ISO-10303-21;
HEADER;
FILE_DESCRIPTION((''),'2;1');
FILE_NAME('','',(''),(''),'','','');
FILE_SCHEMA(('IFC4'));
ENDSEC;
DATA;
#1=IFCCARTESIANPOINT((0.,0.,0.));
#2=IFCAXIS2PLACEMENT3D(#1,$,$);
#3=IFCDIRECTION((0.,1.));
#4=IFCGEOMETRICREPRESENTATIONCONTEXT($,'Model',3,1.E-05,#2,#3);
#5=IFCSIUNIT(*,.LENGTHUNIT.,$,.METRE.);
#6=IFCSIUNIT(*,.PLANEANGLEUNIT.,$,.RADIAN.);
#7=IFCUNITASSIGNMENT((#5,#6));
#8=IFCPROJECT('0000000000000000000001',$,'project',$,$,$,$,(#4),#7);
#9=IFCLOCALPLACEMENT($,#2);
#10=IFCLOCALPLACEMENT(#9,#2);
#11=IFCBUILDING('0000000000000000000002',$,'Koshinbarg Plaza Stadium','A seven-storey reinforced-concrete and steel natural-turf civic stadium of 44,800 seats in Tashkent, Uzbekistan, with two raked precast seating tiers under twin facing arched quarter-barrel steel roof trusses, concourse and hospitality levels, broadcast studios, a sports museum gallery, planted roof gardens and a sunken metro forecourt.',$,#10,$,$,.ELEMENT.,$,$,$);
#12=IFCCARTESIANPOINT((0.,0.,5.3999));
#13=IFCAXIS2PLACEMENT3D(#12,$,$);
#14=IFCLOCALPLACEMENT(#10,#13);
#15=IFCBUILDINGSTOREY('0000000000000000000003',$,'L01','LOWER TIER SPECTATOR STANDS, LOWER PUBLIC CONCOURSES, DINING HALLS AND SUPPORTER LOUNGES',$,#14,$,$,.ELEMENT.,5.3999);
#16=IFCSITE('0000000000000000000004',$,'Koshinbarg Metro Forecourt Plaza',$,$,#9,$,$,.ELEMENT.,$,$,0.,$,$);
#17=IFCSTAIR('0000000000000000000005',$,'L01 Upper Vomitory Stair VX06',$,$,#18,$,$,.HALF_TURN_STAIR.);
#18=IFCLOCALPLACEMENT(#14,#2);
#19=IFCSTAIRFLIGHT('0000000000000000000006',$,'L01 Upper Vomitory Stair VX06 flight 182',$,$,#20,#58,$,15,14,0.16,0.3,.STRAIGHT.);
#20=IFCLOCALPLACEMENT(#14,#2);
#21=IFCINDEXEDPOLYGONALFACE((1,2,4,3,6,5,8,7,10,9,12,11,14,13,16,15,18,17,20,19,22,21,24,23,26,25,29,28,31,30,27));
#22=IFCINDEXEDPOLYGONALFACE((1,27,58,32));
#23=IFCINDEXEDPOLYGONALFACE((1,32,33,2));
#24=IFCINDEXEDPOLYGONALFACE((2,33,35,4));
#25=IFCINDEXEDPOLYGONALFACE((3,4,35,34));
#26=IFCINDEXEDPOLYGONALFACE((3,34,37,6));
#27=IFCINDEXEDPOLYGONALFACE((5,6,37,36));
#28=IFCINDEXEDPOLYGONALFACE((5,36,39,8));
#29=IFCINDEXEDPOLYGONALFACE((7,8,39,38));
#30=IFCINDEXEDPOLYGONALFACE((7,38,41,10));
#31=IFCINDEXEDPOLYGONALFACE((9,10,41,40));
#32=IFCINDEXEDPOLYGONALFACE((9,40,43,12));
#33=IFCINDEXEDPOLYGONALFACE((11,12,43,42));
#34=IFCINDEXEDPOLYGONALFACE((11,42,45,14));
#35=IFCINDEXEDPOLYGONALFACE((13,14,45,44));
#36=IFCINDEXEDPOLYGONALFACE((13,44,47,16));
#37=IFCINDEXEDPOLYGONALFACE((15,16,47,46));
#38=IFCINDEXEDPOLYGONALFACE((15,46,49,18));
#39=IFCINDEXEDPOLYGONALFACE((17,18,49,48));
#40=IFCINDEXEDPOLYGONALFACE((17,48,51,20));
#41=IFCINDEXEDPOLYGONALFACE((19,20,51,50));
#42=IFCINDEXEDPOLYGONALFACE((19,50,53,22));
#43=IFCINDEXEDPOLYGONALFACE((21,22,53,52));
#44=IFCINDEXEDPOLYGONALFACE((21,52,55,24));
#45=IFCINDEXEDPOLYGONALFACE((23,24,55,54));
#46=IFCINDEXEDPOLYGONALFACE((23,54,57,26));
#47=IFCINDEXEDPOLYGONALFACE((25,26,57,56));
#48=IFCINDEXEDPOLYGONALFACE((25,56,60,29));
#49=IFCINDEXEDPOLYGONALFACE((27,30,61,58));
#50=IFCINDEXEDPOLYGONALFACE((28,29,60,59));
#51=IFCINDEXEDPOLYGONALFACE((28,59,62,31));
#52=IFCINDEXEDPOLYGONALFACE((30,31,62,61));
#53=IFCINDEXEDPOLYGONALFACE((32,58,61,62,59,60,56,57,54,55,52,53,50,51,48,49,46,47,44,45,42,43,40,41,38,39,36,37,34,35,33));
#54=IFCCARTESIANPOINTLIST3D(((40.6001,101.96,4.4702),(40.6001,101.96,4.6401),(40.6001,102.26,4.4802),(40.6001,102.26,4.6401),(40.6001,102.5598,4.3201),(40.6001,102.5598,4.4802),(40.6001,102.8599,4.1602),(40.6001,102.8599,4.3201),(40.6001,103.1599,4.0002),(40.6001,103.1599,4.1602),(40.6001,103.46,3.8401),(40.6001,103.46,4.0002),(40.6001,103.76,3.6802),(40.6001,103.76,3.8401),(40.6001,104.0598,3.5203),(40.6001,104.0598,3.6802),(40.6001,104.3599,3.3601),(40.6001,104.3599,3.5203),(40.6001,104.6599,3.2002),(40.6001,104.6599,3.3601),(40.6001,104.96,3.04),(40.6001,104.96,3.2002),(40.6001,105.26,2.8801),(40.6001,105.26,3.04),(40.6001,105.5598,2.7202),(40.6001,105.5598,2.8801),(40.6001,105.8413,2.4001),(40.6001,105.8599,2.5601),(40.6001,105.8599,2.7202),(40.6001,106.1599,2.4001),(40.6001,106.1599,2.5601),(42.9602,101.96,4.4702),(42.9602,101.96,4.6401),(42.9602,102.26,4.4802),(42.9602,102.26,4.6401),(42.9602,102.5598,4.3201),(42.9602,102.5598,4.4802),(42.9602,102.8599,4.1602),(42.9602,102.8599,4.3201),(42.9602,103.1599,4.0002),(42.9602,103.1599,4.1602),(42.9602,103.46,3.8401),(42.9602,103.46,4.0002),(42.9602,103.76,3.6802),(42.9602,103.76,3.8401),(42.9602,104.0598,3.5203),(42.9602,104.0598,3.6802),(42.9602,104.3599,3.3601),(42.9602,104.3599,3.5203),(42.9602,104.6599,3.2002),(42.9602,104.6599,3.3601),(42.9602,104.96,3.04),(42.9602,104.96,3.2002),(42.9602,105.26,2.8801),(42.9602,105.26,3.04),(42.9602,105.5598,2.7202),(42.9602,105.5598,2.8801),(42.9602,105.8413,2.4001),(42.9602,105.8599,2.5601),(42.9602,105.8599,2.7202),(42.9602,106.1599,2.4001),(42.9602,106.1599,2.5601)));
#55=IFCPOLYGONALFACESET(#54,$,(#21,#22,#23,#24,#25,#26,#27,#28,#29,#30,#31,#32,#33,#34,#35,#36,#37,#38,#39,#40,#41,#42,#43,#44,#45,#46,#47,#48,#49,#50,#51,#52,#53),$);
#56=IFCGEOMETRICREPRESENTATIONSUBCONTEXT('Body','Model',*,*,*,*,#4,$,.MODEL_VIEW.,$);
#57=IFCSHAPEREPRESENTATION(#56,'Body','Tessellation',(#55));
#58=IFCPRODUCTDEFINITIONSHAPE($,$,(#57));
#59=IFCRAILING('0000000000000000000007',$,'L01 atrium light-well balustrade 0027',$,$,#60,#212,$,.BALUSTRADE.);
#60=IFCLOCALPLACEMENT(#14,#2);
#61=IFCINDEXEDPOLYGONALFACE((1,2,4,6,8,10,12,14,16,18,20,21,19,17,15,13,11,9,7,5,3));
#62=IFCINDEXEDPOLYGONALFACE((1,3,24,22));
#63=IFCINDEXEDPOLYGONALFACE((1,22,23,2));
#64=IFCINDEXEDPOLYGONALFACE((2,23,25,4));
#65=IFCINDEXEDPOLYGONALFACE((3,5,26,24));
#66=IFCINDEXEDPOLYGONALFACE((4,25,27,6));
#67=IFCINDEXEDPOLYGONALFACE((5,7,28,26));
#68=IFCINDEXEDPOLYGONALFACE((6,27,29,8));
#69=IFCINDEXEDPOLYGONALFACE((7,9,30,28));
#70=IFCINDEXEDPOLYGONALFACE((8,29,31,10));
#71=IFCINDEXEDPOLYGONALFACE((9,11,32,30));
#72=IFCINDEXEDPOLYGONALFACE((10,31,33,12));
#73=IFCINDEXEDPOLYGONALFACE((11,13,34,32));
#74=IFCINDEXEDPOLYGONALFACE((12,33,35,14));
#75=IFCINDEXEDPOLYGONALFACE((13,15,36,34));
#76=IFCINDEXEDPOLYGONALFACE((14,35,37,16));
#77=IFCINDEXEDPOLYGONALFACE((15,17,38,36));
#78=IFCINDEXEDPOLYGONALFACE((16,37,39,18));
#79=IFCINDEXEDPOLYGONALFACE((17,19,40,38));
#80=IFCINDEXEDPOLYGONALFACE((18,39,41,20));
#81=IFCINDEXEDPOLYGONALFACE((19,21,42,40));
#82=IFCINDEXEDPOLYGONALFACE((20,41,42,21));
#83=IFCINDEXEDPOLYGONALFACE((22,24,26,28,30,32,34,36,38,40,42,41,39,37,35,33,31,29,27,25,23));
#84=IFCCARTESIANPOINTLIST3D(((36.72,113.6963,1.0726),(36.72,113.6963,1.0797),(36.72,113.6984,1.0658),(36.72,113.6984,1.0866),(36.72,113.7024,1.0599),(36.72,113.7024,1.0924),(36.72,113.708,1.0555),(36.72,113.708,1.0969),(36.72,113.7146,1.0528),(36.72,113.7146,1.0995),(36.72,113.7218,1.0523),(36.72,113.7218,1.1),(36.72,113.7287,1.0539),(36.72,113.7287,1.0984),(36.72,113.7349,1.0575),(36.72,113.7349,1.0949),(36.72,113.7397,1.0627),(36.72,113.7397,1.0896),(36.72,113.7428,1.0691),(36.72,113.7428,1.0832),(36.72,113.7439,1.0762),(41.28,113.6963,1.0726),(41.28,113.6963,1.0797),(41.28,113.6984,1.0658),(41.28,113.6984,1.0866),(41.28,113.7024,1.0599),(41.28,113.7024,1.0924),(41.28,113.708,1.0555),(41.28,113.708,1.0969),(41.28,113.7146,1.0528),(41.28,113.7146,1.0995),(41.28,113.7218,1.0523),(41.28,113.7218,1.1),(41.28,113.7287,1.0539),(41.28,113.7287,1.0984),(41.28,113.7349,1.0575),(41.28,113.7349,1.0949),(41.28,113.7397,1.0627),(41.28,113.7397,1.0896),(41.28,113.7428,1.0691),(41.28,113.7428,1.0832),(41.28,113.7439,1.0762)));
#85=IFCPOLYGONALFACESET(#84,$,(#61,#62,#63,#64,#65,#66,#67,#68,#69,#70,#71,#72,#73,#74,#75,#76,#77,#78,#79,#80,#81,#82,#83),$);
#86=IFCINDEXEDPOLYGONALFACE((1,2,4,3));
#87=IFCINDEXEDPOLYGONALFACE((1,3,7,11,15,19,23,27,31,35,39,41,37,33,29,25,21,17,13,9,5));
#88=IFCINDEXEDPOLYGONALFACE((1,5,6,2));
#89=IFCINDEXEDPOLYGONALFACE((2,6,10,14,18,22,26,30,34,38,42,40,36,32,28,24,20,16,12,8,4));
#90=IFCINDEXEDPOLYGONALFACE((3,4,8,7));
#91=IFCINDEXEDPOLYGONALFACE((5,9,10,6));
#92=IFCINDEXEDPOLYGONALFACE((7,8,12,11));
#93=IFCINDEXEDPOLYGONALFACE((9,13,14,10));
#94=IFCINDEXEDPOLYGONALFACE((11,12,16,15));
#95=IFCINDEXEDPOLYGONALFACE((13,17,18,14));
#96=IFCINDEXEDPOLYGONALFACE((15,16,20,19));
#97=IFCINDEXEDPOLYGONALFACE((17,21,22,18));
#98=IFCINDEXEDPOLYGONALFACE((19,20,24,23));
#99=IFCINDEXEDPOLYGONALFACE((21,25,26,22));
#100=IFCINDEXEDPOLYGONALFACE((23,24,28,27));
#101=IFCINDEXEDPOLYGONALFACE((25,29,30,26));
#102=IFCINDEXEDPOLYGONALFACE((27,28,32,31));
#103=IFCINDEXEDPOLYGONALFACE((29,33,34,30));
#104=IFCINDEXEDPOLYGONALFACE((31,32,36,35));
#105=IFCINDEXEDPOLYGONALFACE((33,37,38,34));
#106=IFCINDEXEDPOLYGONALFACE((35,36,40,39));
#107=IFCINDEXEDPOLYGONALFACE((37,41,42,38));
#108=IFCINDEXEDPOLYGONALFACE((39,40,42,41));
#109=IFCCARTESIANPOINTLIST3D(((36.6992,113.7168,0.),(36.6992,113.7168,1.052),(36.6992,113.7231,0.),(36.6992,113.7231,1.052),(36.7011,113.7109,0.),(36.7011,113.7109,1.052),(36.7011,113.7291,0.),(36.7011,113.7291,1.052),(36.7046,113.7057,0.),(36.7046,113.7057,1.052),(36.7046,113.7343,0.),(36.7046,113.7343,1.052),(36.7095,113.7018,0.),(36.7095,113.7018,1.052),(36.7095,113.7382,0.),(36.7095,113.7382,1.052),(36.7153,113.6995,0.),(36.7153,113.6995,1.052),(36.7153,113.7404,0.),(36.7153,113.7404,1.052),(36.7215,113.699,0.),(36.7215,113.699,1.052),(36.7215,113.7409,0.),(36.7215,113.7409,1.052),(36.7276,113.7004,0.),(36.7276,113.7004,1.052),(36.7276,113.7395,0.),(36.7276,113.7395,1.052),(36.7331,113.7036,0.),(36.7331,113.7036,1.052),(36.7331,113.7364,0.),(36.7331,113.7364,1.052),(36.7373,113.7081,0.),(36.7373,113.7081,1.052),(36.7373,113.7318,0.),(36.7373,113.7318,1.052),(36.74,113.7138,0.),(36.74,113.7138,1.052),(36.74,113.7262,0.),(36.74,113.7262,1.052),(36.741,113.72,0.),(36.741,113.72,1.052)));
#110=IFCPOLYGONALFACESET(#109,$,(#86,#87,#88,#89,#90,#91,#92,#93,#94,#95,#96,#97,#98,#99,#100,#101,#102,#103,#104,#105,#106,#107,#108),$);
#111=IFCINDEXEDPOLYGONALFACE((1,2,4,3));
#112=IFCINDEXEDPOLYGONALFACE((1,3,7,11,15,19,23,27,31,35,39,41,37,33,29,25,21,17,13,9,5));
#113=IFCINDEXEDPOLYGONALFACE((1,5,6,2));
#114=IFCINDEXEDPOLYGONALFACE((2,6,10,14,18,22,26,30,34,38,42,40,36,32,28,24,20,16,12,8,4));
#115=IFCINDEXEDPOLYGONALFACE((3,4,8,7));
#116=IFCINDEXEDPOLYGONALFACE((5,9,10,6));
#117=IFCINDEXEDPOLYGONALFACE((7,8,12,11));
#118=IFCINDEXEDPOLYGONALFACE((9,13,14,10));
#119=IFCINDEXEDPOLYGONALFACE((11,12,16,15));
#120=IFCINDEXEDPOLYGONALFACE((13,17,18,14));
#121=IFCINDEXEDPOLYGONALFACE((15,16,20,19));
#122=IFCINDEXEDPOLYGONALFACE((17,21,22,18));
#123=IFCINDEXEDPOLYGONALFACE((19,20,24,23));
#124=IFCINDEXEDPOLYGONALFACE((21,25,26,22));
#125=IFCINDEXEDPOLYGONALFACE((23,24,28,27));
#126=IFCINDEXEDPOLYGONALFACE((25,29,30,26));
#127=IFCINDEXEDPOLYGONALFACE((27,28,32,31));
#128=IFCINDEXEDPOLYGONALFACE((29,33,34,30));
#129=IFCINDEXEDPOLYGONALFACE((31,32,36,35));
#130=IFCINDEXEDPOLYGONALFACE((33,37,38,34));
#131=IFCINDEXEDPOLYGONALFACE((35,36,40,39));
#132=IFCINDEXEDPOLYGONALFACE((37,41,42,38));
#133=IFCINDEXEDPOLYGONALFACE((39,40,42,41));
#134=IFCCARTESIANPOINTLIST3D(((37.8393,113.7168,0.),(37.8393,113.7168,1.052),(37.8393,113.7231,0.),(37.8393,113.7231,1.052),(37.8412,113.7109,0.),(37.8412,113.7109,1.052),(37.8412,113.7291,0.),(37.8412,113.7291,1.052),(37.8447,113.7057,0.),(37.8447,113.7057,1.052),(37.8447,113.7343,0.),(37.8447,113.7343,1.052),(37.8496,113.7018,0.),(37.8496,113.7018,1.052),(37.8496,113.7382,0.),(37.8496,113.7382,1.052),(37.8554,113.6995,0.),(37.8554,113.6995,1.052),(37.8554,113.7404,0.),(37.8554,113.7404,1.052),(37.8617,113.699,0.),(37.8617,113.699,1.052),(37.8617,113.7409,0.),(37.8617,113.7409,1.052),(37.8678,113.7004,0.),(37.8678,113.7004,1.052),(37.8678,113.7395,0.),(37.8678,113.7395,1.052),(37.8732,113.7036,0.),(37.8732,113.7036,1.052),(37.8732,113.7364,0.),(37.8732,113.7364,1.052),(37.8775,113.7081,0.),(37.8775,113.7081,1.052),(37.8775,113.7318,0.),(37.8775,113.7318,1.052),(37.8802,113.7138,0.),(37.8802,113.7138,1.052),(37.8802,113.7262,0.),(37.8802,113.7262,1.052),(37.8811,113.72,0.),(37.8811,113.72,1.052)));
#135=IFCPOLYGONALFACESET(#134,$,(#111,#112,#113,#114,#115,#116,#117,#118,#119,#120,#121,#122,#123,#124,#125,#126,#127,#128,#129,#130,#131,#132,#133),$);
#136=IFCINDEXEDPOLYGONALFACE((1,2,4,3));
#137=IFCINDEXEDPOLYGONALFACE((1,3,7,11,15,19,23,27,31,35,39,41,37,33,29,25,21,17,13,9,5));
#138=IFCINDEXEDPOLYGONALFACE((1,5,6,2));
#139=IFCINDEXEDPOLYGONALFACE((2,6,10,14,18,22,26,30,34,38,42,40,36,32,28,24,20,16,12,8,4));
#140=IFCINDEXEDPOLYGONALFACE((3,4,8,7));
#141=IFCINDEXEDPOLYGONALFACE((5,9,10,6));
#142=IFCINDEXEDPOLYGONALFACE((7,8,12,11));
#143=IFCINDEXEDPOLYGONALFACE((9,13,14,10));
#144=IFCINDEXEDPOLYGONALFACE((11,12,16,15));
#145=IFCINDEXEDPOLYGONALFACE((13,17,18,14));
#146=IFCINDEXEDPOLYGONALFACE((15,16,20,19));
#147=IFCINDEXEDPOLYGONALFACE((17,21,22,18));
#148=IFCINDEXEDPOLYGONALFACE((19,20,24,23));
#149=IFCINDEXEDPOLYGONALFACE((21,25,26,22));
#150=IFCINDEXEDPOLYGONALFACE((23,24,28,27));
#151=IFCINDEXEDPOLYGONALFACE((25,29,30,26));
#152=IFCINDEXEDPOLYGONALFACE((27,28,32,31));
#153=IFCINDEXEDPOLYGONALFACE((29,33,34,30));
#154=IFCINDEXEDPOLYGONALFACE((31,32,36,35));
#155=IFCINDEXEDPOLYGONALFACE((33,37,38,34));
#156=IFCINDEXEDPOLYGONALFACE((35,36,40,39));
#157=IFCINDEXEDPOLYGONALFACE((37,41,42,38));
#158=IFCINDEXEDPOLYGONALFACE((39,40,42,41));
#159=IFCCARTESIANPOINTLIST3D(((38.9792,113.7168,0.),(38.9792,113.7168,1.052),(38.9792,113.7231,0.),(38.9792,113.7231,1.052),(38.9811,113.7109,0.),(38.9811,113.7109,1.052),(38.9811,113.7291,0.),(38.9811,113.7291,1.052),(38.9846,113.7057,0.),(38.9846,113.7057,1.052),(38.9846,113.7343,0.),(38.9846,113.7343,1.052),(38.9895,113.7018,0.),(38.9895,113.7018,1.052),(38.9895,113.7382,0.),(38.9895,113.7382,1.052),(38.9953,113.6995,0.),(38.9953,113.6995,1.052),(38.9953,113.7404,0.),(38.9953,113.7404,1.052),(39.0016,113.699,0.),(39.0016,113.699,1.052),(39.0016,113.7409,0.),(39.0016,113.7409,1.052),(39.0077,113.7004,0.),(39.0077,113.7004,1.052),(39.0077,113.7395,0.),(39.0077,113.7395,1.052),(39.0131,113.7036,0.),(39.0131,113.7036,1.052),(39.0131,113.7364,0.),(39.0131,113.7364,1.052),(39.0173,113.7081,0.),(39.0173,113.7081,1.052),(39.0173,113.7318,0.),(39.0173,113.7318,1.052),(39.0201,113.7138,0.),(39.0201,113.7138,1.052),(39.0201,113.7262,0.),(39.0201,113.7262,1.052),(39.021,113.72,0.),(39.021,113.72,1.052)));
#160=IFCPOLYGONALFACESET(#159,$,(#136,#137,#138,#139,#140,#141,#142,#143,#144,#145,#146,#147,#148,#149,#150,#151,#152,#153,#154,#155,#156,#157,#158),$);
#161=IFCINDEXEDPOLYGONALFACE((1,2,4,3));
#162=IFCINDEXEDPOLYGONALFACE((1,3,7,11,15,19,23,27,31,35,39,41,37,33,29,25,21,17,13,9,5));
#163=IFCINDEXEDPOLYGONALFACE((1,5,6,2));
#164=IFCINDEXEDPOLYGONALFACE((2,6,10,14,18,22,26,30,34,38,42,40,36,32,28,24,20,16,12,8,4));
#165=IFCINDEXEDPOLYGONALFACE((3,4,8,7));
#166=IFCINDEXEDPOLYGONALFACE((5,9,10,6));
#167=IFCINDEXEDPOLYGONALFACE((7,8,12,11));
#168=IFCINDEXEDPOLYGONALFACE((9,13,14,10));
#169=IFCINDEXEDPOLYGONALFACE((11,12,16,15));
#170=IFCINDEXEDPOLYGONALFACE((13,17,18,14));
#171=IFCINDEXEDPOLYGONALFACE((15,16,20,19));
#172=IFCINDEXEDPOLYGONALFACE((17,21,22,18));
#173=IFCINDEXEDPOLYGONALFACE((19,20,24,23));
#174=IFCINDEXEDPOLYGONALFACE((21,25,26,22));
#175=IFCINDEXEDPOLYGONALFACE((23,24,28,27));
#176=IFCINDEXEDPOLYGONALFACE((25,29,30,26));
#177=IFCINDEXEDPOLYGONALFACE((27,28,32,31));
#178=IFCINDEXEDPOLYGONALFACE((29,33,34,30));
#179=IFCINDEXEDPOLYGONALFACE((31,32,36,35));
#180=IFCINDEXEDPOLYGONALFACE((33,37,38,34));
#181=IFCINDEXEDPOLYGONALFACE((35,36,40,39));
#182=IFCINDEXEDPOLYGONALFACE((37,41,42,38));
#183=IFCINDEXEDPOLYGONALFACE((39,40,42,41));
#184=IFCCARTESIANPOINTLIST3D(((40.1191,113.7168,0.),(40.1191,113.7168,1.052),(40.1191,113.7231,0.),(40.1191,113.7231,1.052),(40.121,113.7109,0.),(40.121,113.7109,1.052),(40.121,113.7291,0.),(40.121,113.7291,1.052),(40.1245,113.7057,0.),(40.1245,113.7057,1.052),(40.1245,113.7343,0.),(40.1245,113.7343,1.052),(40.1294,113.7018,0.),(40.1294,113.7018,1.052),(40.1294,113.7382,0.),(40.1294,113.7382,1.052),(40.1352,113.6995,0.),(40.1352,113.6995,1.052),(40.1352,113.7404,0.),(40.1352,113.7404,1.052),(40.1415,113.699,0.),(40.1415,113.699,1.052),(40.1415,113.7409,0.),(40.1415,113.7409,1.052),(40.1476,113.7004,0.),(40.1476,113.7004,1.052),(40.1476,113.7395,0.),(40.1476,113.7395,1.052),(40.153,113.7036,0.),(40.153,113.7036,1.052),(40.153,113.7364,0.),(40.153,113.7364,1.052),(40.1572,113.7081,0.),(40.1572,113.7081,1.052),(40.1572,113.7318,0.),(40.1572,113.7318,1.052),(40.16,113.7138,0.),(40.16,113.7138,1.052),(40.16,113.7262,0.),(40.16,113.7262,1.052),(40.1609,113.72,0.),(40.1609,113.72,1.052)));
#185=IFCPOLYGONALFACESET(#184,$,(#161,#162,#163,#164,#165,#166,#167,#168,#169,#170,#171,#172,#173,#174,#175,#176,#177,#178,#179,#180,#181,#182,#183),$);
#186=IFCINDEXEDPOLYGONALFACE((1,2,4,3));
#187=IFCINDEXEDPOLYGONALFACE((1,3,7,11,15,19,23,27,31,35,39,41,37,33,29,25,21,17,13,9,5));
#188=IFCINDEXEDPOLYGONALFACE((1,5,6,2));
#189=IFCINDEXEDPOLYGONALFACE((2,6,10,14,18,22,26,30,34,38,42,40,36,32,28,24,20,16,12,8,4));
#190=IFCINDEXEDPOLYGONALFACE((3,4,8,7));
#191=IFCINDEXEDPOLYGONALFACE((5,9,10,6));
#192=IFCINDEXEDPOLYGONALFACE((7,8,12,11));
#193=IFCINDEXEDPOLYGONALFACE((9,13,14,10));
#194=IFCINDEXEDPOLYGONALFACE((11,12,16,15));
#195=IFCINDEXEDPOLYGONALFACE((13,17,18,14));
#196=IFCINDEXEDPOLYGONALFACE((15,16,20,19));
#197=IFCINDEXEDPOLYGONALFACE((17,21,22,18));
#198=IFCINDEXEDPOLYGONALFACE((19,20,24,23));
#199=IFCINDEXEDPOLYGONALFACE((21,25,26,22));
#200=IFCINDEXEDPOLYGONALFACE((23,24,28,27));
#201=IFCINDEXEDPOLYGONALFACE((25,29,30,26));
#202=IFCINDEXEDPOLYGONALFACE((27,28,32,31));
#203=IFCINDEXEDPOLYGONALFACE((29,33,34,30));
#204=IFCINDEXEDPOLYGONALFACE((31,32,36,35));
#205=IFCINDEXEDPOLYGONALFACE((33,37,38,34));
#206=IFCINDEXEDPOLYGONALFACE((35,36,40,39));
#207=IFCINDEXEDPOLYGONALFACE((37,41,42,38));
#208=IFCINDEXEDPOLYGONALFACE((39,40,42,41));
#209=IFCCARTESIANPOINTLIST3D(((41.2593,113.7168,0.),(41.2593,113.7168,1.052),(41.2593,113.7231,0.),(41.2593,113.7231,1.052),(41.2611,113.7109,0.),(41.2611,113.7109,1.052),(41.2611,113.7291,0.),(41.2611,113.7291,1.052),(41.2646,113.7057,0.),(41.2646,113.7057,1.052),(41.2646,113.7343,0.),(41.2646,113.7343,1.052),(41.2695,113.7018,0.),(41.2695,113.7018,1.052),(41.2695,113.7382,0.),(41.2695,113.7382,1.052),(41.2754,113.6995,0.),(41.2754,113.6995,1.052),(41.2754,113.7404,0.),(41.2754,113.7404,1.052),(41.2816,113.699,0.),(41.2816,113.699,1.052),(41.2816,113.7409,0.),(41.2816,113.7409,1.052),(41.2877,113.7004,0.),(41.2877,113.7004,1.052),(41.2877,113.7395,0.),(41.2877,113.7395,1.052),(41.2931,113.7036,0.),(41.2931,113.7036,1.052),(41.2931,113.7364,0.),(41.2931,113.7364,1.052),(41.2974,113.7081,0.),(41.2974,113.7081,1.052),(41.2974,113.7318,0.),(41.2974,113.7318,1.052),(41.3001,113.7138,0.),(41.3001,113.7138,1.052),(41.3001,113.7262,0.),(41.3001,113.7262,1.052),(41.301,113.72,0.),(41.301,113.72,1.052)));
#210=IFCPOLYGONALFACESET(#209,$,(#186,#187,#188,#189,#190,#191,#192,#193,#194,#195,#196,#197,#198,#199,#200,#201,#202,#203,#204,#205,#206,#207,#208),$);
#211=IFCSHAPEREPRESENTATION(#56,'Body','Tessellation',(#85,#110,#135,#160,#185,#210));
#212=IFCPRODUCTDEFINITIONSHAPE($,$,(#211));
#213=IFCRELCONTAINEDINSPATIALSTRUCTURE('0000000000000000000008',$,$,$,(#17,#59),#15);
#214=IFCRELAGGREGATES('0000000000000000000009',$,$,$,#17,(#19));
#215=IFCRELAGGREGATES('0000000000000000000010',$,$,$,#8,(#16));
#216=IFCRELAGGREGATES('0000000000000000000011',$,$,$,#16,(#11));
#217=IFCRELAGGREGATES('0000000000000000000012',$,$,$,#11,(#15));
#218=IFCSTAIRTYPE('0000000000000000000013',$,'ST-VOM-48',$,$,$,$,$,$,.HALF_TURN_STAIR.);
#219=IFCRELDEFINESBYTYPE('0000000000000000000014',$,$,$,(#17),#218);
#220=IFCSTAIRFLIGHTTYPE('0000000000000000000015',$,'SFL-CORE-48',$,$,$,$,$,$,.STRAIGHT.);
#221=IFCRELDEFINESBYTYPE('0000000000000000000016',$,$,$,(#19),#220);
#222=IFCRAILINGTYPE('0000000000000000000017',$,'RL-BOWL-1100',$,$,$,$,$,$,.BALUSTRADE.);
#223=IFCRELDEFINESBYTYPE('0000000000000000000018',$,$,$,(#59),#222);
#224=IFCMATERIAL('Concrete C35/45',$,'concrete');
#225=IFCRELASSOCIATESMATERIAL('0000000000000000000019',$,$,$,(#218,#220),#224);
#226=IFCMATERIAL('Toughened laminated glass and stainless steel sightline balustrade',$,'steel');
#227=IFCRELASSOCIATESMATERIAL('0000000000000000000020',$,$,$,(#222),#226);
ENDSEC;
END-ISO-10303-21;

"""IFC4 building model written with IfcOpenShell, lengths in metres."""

from ifc_helpers import new_model, si_unit, direction, frame, origin, origin_2d, place, context, subcontext, project, spatial, polyline, circle, outline, extrude, material, type_object, element, aggregate, save


model = new_model("IFC4")

# Units and contexts
model_context = context("Model", 3, precision=1e-05, world=origin(), true_north=direction((0.0, 1.0)))
body_context = subcontext(model_context, "Body", "Model", "MODEL_VIEW")
ifc_project = project(units=[si_unit("LENGTHUNIT", "METRE"), si_unit("PLANEANGLEUNIT", "RADIAN")], contexts=[model_context])

# Site, building, storey
site_placement = place(None, origin())
site = spatial("IfcSite", under=ifc_project, at=site_placement, Name="Koshinbarg Metro Forecourt Plaza", CompositionType="ELEMENT", RefElevation=0.0)
building_placement = place(site_placement, origin())
building = spatial("IfcBuilding", under=site, at=building_placement, Name="Koshinbarg Plaza Stadium", Description="A seven-storey reinforced-concrete and steel natural-turf civic stadium of 44,800 seats in Tashkent, Uzbekistan, with two raked precast seating tiers under twin facing arched quarter-barrel steel roof trusses, concourse and hospitality levels, broadcast studios, a sports museum gallery, planted roof gardens and a sunken metro forecourt.", CompositionType="ELEMENT")
storey_placement = place(building_placement, frame((0.0, 0.0, 5.3999)))
storey = spatial("IfcBuildingStorey", under=building, at=storey_placement, Name="L01", Description="LOWER TIER SPECTATOR STANDS, LOWER PUBLIC CONCOURSES, DINING HALLS AND SUPPORTER LOUNGES", CompositionType="ELEMENT", Elevation=5.3999)

# Stair, stair flight
ifc_material_1 = material(Name="Concrete C35/45", Category="concrete")
stair_type = type_object("IfcStairType", Name="ST-VOM-48", PredefinedType="HALF_TURN_STAIR", material=ifc_material_1)
stair_placement = place(storey_placement, origin())
stair = element("IfcStair", 1, at=stair_placement, inside=storey, type_object=stair_type, Name="L01 Upper Vomitory Stair VX06", PredefinedType="HALF_TURN_STAIR")
stair_flight_type = type_object("IfcStairFlightType", Name="SFL-CORE-48", PredefinedType="STRAIGHT", material=ifc_material_1)
stair_flight_placement = place(storey_placement, frame((41.78, 106.1599, 2.4001), z_axis=(0.0, 0.0, 1.0), x_axis=(0.0, -1.0, 0.0)))
stair_flight = element("IfcStairFlight", 2, at=stair_flight_placement, type_object=stair_flight_type, Name="L01 Upper Vomitory Stair VX06 flight 182", NumberOfRisers=15, NumberOfTreads=14, PredefinedType="STRAIGHT", RiserHeight=0.16, TreadLength=0.3, context=body_context, shape_type="SweptSolid", body=[
    extrude(outline(polyline([(0.0, 0.0), (0.0, 0.1599), (0.3, 0.1599), (0.3, 0.3201), (0.6001, 0.3201), (0.6001, 0.48), (0.8999, 0.48), (0.8999, 0.6399), (1.2, 0.6399), (1.2, 0.8), (1.5, 0.8), (1.5, 0.96), (1.8, 0.96), (1.8, 1.1201), (2.1001, 1.1201), (2.1001, 1.28), (2.3999, 1.28), (2.3999, 1.4399), (2.7, 1.4399), (2.7, 1.6001), (3.0, 1.6001), (3.0, 1.76), (3.3, 1.76), (3.3, 1.9199), (3.6001, 1.9199), (3.6001, 2.0801), (3.8999, 2.0801), (3.8999, 2.24), (4.2, 2.24), (4.2, 2.3999), (4.2, 2.0701), (0.3186, 0.0), (0.0, 0.0)])), frame((0.0, 1.1802, 0.0), z_axis=(0.0, -1.0, 0.0), x_axis=(1.0, 0.0, 0.0)), (0.0, 0.0, 1.0), 2.3601),
])
aggregate(stair, [stair_flight])

# Railing
ifc_material_2 = material(Name="Toughened laminated glass and stainless steel sightline balustrade", Category="steel")
railing_type_1 = type_object("IfcRailingType", Name="RL-BOWL-1100", PredefinedType="BALUSTRADE", material=ifc_material_2)
railing_1_placement = place(storey_placement, frame((36.72, 113.72, 0.0)))
element("IfcRailing", 3, at=railing_1_placement, inside=storey, type_object=railing_type_1, Name="L01 atrium light-well balustrade 0027", PredefinedType="BALUSTRADE", context=body_context, shape_type="SweptSolid", body=[
    extrude(circle(Radius=0.0239, at=origin_2d()), frame((0.0, 0.0, 1.0762), z_axis=(1.0, 0.0, 0.0), x_axis=(0.0, 1.0, 0.0)), (0.0, 0.0, 1.0), 4.5601),
    extrude(circle(Radius=0.021, at=origin_2d()), origin(), (0.0, 0.0, 1.0), 1.052),
    extrude(circle(Radius=0.021, at=origin_2d()), frame((1.1401, 0.0, 0.0)), (0.0, 0.0, 1.0), 1.052),
    extrude(circle(Radius=0.021, at=origin_2d()), frame((2.28, 0.0, 0.0)), (0.0, 0.0, 1.0), 1.052),
    extrude(circle(Radius=0.021, at=origin_2d()), frame((3.4199, 0.0, 0.0)), (0.0, 0.0, 1.0), 1.052),
    extrude(circle(Radius=0.021, at=origin_2d()), frame((4.5601, 0.0, 0.0)), (0.0, 0.0, 1.0), 1.052),
])

save(model, "model.ifc")
